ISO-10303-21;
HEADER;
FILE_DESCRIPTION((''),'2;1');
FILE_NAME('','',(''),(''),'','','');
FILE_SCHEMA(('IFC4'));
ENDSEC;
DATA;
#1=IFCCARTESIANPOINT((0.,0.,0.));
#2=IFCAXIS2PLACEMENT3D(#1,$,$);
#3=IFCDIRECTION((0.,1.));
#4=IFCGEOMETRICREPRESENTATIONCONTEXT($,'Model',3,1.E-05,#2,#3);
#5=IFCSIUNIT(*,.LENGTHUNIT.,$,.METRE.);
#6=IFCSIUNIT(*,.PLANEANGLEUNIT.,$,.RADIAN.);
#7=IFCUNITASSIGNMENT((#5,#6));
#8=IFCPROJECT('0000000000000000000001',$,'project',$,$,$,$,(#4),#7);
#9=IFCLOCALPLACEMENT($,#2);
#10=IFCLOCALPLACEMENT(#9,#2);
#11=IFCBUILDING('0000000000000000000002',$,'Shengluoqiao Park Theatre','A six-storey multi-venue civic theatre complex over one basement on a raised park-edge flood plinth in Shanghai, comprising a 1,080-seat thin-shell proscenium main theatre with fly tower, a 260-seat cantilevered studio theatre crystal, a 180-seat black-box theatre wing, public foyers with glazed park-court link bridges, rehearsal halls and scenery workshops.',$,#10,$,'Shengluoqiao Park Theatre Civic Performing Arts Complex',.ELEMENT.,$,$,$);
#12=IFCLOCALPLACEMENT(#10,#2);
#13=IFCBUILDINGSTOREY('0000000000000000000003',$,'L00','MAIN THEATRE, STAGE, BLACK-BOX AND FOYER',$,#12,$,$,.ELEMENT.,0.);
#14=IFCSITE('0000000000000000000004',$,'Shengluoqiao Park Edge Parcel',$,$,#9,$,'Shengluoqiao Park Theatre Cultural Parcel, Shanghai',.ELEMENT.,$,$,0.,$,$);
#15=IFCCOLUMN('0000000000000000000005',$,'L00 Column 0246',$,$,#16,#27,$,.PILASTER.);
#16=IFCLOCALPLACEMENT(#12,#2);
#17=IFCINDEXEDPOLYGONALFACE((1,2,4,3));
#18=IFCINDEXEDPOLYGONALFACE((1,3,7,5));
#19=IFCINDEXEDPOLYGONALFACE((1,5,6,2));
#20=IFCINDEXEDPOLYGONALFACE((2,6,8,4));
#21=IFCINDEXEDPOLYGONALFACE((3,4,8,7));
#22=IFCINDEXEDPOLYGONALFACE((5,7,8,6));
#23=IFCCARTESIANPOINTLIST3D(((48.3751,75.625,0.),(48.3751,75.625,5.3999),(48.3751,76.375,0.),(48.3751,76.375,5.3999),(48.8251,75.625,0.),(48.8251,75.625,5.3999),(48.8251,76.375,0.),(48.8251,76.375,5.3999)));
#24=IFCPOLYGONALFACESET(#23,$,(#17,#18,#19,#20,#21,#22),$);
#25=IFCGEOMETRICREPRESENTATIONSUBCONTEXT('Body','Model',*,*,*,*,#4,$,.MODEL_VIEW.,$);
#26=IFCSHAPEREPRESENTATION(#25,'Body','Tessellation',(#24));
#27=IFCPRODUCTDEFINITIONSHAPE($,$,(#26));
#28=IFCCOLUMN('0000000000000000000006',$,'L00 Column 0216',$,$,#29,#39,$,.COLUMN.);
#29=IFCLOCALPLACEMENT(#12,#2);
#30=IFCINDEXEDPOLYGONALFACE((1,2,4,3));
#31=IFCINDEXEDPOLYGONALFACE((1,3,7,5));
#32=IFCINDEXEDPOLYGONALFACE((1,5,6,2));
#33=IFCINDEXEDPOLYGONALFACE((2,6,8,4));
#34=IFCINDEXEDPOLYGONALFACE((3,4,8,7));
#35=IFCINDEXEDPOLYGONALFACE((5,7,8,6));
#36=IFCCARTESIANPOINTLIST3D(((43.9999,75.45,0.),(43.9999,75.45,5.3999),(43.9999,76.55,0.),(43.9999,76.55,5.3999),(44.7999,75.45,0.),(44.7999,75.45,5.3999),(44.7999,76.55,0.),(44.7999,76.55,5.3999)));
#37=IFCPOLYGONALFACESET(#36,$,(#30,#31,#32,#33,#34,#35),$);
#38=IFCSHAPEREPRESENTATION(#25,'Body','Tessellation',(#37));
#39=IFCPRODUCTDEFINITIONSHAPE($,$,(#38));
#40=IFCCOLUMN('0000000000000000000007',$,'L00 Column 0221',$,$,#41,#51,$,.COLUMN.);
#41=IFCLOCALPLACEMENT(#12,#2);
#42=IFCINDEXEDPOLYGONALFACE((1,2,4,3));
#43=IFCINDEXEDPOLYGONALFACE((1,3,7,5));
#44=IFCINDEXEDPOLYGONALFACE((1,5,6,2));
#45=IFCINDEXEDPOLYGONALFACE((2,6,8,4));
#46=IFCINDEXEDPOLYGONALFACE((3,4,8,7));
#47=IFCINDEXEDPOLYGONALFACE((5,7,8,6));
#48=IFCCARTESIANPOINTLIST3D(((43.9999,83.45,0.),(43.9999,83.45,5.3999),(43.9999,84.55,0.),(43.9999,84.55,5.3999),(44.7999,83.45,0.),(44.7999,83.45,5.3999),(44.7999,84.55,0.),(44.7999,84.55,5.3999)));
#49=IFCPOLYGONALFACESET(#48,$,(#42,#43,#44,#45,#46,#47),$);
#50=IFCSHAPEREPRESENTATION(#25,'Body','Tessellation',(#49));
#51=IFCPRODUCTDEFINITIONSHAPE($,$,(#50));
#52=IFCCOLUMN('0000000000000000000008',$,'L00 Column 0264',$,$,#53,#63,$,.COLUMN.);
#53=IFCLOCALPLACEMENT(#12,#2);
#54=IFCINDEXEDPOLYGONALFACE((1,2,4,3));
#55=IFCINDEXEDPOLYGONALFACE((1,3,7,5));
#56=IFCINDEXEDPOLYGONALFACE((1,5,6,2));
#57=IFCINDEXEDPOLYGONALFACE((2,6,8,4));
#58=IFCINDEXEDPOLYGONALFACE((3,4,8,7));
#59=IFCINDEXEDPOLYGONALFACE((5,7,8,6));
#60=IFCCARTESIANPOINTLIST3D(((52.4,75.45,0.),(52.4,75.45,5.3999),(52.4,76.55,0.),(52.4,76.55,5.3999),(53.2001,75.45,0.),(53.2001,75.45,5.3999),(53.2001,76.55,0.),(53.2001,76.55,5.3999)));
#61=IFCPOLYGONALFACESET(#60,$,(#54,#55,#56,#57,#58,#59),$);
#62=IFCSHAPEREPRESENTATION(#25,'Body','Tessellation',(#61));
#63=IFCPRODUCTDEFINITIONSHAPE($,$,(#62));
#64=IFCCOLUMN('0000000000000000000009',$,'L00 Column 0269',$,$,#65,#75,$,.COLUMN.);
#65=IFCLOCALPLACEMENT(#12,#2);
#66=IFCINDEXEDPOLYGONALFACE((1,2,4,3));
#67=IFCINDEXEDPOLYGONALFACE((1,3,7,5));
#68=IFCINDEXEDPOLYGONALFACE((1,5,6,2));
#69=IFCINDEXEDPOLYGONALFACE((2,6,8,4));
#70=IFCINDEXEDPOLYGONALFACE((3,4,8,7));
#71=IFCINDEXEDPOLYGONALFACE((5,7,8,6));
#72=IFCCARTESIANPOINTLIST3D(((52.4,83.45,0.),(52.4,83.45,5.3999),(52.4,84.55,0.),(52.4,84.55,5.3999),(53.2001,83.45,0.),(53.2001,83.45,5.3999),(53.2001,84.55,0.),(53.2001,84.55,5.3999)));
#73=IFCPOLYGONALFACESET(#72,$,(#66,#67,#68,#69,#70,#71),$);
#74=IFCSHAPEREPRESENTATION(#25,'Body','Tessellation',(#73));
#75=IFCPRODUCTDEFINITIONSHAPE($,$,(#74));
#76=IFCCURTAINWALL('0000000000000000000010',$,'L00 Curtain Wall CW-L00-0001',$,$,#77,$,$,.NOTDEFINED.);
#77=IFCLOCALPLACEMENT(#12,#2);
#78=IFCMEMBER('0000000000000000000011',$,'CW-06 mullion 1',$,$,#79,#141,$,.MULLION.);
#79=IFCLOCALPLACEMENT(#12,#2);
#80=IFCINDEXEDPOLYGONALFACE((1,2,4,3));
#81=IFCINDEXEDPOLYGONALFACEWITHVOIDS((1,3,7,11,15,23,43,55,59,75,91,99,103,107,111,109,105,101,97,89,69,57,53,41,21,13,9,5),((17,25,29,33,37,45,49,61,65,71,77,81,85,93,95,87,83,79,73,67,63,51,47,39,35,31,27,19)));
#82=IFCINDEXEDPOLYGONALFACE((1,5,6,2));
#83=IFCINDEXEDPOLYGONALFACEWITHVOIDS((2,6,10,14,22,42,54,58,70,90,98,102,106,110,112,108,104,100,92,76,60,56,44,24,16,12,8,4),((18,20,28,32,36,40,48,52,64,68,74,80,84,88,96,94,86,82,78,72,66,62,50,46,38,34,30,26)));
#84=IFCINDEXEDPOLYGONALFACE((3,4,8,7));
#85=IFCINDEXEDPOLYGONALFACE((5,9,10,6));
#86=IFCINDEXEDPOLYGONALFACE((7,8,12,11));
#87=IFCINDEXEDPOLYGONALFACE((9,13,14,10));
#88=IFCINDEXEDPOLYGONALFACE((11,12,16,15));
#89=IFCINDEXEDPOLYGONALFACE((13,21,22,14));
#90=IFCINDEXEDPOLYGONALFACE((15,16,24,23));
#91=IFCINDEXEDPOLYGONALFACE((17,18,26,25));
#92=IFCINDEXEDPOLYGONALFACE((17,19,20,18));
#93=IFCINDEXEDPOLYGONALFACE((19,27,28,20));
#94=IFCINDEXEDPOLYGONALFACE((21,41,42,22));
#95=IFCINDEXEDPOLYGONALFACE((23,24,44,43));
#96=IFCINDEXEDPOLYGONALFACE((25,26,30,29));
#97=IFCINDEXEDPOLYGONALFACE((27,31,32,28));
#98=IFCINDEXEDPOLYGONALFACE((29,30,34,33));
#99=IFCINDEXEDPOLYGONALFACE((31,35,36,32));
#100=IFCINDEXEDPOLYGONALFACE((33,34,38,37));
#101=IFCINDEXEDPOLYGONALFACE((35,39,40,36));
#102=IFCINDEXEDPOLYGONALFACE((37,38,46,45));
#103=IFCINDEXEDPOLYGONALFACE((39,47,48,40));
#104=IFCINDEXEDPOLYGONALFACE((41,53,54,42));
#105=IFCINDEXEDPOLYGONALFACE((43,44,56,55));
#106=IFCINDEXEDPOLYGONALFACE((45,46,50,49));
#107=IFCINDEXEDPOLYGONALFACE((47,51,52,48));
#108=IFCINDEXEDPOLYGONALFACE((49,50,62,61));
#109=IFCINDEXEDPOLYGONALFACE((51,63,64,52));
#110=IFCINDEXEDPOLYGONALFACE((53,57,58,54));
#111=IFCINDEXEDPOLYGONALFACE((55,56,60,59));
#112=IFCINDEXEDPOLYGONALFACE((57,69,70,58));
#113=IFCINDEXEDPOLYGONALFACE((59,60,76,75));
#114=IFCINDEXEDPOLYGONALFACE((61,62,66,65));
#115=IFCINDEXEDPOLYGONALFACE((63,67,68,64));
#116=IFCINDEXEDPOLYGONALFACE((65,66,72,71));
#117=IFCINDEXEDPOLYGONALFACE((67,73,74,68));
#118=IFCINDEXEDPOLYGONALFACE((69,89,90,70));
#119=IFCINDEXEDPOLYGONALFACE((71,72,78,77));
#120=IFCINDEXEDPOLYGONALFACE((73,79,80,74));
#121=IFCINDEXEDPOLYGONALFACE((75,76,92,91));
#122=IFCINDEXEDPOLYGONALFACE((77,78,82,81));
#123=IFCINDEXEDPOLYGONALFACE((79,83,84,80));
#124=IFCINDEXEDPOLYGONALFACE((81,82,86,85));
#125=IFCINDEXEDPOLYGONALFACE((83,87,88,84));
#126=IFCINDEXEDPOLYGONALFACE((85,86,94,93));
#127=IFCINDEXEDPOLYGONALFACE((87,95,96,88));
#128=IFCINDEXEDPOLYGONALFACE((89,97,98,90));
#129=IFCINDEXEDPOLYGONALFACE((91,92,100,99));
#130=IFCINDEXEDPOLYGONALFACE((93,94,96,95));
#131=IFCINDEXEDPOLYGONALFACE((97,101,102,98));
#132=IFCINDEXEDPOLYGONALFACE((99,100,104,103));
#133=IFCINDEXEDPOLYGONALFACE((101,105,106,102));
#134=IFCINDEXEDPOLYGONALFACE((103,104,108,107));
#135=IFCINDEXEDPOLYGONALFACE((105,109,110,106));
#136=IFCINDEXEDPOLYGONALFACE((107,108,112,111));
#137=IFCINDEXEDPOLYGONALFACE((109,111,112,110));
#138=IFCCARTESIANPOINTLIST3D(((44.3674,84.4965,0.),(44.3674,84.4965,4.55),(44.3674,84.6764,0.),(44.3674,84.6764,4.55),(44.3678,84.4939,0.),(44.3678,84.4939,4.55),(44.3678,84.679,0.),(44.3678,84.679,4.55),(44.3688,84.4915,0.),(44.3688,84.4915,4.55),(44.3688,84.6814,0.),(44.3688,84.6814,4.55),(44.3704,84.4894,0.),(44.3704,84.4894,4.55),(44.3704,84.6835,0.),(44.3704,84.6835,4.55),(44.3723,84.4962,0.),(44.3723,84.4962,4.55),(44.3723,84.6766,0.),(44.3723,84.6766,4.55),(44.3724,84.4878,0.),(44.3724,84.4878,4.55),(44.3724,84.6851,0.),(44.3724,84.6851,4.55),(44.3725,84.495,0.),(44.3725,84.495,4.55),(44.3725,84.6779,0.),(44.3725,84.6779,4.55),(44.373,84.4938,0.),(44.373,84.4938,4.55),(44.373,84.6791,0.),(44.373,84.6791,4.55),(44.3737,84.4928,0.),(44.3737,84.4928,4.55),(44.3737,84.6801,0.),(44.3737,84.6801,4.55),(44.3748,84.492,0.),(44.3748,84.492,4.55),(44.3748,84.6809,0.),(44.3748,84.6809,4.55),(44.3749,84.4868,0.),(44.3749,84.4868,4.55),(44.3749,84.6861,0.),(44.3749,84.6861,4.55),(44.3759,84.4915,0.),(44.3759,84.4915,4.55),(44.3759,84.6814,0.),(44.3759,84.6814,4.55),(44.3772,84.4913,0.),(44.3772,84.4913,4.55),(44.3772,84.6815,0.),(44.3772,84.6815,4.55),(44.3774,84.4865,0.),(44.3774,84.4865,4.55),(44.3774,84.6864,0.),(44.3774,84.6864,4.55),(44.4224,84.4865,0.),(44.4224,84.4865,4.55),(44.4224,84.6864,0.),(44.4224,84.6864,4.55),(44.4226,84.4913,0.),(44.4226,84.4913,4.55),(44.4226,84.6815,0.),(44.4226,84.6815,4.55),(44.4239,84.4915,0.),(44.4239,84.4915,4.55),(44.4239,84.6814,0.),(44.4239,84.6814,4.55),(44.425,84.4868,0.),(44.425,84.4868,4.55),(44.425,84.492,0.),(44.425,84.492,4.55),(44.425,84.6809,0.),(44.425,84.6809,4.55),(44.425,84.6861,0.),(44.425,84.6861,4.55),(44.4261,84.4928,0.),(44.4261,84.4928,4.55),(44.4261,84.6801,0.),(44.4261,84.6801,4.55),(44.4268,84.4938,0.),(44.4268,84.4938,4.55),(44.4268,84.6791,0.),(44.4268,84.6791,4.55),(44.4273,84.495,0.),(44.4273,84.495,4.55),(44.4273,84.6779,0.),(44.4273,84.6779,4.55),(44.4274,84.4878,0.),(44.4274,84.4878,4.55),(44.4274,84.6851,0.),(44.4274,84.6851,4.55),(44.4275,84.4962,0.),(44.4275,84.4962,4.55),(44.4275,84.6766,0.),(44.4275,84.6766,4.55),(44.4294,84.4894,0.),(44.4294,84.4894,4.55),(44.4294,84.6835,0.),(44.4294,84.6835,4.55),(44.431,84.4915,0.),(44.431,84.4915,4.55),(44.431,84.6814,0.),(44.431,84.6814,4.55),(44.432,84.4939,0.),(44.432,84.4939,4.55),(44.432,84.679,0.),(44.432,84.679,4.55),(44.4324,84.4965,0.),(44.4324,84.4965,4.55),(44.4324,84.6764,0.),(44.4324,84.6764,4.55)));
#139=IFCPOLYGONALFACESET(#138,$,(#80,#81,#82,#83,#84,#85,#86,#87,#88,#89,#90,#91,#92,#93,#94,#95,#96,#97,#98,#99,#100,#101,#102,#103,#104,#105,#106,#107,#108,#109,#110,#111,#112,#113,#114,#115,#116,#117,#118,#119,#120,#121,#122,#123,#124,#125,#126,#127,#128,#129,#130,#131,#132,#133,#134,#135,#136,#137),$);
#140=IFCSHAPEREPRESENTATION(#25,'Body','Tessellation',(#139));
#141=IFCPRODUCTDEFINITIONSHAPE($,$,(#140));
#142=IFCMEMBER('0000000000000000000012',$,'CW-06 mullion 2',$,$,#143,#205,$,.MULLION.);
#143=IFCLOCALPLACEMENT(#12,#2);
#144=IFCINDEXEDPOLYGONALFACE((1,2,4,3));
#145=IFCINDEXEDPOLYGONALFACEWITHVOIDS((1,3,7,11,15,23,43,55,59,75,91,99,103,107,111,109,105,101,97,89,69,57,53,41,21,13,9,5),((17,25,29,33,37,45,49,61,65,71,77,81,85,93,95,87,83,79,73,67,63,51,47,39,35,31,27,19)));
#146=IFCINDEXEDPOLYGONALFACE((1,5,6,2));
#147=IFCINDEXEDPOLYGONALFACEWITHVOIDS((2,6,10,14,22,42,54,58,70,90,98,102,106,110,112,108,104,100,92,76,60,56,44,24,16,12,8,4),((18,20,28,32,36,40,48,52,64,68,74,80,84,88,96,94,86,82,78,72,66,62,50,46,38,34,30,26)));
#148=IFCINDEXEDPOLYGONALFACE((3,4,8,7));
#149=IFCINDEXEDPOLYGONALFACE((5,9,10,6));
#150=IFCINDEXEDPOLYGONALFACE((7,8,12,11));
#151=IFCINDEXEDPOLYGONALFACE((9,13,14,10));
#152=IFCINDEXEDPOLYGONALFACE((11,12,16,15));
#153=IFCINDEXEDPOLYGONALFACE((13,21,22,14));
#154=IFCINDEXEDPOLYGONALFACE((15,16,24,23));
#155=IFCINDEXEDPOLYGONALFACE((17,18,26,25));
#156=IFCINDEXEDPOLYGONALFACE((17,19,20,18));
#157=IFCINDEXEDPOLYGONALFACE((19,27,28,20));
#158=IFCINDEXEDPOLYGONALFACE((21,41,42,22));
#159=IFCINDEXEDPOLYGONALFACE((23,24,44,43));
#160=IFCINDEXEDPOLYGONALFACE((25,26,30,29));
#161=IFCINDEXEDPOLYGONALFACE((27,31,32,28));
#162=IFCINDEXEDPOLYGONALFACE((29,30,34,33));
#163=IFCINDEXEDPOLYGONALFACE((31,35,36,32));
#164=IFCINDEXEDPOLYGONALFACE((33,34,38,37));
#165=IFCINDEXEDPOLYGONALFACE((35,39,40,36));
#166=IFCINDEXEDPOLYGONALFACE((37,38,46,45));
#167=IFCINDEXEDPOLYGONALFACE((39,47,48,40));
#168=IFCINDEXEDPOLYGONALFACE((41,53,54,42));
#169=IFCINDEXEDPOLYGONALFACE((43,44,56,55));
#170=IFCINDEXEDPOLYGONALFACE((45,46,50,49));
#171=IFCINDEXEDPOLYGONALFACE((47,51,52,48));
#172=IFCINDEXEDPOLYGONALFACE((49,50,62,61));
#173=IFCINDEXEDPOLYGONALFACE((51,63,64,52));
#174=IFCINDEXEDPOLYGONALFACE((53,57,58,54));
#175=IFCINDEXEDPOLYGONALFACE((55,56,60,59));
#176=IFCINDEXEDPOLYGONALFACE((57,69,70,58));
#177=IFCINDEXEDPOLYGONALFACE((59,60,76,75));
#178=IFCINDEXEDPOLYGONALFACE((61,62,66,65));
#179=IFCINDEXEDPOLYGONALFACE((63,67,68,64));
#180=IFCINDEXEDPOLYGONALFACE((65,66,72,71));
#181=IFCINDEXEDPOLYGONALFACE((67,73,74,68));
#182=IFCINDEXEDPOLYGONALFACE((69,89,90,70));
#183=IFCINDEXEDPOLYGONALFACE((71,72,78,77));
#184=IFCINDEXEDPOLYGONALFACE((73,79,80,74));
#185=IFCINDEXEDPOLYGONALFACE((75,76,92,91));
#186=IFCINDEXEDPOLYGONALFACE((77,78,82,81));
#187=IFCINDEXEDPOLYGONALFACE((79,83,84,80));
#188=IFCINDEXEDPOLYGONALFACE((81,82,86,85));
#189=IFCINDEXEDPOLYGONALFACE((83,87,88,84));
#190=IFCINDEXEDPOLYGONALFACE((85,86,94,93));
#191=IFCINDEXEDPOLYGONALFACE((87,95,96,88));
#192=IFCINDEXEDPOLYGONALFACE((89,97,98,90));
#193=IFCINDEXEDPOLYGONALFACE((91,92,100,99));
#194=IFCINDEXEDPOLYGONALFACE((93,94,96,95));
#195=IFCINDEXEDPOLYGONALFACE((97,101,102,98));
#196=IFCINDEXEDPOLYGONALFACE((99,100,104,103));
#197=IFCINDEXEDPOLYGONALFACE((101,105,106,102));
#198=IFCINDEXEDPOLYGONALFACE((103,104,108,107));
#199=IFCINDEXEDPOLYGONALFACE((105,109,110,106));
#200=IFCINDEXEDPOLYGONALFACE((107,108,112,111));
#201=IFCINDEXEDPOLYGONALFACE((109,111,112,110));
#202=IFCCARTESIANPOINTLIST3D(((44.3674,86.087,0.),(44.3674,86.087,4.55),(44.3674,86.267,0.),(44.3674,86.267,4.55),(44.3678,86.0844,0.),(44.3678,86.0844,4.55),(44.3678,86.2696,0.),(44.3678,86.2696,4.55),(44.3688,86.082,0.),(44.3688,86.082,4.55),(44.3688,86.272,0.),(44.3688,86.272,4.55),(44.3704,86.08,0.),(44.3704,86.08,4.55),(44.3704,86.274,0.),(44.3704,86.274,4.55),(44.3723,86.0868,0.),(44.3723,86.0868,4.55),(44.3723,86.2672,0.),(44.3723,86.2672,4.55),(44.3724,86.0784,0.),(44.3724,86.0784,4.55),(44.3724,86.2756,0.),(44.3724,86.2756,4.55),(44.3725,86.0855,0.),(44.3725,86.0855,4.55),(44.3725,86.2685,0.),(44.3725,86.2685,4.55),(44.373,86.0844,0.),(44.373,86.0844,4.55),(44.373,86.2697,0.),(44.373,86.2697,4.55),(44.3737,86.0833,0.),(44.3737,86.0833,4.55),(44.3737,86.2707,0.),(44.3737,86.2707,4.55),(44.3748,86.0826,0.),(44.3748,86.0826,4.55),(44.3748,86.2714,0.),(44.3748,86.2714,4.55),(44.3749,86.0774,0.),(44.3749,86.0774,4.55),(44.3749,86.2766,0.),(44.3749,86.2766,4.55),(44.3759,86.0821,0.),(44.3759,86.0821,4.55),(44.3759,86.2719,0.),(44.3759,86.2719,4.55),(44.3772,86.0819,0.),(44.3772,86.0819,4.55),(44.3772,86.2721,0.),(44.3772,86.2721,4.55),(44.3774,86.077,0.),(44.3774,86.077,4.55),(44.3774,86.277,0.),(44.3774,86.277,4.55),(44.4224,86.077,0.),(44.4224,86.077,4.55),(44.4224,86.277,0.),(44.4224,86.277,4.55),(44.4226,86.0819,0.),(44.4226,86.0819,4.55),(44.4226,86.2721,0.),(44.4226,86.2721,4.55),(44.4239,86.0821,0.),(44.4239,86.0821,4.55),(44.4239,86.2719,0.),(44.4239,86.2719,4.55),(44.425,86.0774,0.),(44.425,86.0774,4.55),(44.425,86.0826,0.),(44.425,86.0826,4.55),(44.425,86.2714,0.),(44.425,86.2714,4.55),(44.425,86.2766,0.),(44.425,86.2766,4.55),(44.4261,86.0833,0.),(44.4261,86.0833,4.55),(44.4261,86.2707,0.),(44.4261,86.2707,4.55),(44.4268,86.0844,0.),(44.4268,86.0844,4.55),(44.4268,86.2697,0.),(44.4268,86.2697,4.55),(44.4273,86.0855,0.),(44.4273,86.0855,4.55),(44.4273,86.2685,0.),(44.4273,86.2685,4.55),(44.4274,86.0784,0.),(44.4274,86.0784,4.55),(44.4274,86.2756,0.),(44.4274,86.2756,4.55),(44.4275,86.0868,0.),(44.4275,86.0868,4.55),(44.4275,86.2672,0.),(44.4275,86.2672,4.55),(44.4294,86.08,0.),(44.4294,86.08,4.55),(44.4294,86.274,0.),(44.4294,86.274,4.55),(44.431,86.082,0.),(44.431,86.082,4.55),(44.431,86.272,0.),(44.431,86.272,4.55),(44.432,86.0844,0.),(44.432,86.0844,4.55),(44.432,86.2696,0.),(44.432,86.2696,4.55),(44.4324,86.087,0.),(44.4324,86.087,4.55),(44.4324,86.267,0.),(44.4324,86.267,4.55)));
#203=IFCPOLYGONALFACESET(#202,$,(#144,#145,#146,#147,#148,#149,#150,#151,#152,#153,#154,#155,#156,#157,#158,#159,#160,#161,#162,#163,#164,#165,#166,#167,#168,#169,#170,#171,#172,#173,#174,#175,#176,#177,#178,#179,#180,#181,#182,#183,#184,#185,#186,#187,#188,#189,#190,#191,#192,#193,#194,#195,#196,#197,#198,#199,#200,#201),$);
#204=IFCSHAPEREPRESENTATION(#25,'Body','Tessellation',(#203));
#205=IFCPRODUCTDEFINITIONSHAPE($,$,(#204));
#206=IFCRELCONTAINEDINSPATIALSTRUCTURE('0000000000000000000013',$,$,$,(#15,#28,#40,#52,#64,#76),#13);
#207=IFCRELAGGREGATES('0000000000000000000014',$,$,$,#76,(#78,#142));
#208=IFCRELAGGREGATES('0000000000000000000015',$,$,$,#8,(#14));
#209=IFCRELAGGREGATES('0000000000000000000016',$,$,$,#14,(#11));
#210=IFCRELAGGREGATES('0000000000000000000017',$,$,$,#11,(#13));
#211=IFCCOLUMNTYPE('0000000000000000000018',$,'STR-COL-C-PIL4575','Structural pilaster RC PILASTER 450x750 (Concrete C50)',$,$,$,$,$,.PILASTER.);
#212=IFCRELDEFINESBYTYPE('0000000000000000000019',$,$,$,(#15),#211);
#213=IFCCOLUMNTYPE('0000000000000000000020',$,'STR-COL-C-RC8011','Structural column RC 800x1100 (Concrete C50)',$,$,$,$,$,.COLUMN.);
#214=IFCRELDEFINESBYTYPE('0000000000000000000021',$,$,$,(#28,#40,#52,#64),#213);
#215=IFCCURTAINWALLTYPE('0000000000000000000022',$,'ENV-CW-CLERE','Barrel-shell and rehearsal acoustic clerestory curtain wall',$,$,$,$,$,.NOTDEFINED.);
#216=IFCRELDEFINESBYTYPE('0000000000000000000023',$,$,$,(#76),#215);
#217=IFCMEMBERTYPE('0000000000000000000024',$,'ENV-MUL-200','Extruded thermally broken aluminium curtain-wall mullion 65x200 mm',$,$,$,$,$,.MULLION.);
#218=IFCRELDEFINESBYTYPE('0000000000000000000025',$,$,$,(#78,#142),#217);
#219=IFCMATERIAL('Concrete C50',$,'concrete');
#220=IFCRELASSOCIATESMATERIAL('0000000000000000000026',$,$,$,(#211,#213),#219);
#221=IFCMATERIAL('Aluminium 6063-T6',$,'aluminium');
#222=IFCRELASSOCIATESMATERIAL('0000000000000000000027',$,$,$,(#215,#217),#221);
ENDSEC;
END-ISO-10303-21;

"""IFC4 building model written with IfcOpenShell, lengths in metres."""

from ifc_helpers import new_model, si_unit, direction, frame, origin, origin_2d, place, context, subcontext, project, spatial, rectangle, hollow_rectangle, extrude, material, material_profile, profile_set, type_object, element, aggregate, save


model = new_model("IFC4")

# Units and contexts
model_context = context("Model", 3, precision=1e-05, world=origin(), true_north=direction((0.0, 1.0)))
body_context = subcontext(model_context, "Body", "Model", "MODEL_VIEW")
ifc_project = project(units=[si_unit("LENGTHUNIT", "METRE"), si_unit("PLANEANGLEUNIT", "RADIAN")], contexts=[model_context])

# Site, building, storey
site_placement = place(None, origin())
site = spatial("IfcSite", under=ifc_project, at=site_placement, Name="Shengluoqiao Park Edge Parcel", LongName="Shengluoqiao Park Theatre Cultural Parcel, Shanghai", CompositionType="ELEMENT", RefElevation=0.0)
building_placement = place(site_placement, origin())
building = spatial("IfcBuilding", under=site, at=building_placement, Name="Shengluoqiao Park Theatre", Description="A six-storey multi-venue civic theatre complex over one basement on a raised park-edge flood plinth in Shanghai, comprising a 1,080-seat thin-shell proscenium main theatre with fly tower, a 260-seat cantilevered studio theatre crystal, a 180-seat black-box theatre wing, public foyers with glazed park-court link bridges, rehearsal halls and scenery workshops.", LongName="Shengluoqiao Park Theatre Civic Performing Arts Complex", CompositionType="ELEMENT")
storey_placement = place(building_placement, origin())
storey = spatial("IfcBuildingStorey", under=building, at=storey_placement, Name="L00", Description="MAIN THEATRE, STAGE, BLACK-BOX AND FOYER", CompositionType="ELEMENT", Elevation=0.0)

# Columns
ifc_material_1 = material(Name="Concrete C50", Category="concrete")
ifc_material_profile_1 = material_profile(ifc_material_1, rectangle(XDim=0.45, YDim=0.75, at=origin_2d()), Name="RC PILASTER 450x750")
ifc_profile_set_1 = profile_set([ifc_material_profile_1], Name="Concrete C50")
column_type_1 = type_object("IfcColumnType", Name="STR-COL-C-PIL4575", Description="Structural pilaster RC PILASTER 450x750 (Concrete C50)", PredefinedType="PILASTER", material=ifc_profile_set_1)
column_placement = place(storey_placement, frame((48.6001, 76.0, 0.0), z_axis=(0.0, 0.0, 1.0), x_axis=(1.0, 0.0, 0.0)))
element("IfcColumn", 1, at=column_placement, inside=storey, type_object=column_type_1, Name="L00 Column 0246", PredefinedType="PILASTER", context=body_context, shape_type="SweptSolid", body=[
    extrude(rectangle(XDim=0.45, YDim=0.75, at=origin_2d()), origin(), (0.0, 0.0, 1.0), 5.3999),
])
ifc_material_profile_2 = material_profile(ifc_material_1, rectangle(XDim=0.8, YDim=1.1001, at=origin_2d()), Name="RC 800x1100")
ifc_profile_set_2 = profile_set([ifc_material_profile_2], Name="Concrete C50")
column_type_2 = type_object("IfcColumnType", Name="STR-COL-C-RC8011", Description="Structural column RC 800x1100 (Concrete C50)", PredefinedType="COLUMN", material=ifc_profile_set_2)
for number, where, z_axis, x_axis, name in (
    (2, (44.3999, 76.0, 0.0), (0.0, 0.0, 1.0), (1.0, 0.0, 0.0), "L00 Column 0216"),
    (3, (44.3999, 84.0, 0.0), (0.0, 0.0, 1.0), (1.0, 0.0, 0.0), "L00 Column 0221"),
    (4, (52.8, 76.0, 0.0), (0.0, 0.0, 1.0), (1.0, 0.0, 0.0), "L00 Column 0264"),
    (5, (52.8, 84.0, 0.0), (0.0, 0.0, 1.0), (1.0, 0.0, 0.0), "L00 Column 0269"),
):
    element("IfcColumn", number, at=place(storey_placement, frame(where, z_axis=z_axis, x_axis=x_axis)), inside=storey, type_object=column_type_2, Name=name, PredefinedType="COLUMN", context=body_context, shape_type="SweptSolid", body=[
        extrude(rectangle(XDim=0.8, YDim=1.1001, at=origin_2d()), origin(), (0.0, 0.0, 1.0), 5.3999),
    ])

# Curtain wall, members
ifc_material_2 = material(Name="Aluminium 6063-T6", Category="aluminium")
curtain_wall_type = type_object("IfcCurtainWallType", Name="ENV-CW-CLERE", Description="Barrel-shell and rehearsal acoustic clerestory curtain wall", PredefinedType="NOTDEFINED", material=ifc_material_2)
curtain_wall_placement = place(storey_placement, origin())
curtain_wall = element("IfcCurtainWall", 6, at=curtain_wall_placement, inside=storey, type_object=curtain_wall_type, Name="L00 Curtain Wall CW-L00-0001", PredefinedType="NOTDEFINED")
ifc_material_profile_3 = material_profile(ifc_material_2, hollow_rectangle(XDim=0.0649, YDim=0.2, WallThickness=0.0049, InnerFilletRadius=0.0049, OuterFilletRadius=0.01, at=origin_2d()), Name="ALU MULLION 200x65x5")
ifc_profile_set_3 = profile_set([ifc_material_profile_3], Name="Aluminium 6063-T6")
member_type_1 = type_object("IfcMemberType", Name="ENV-MUL-200", Description="Extruded thermally broken aluminium curtain-wall mullion 65x200 mm", PredefinedType="MULLION", material=ifc_profile_set_3)
member_1_placement = place(storey_placement, frame((44.3999, 84.5864, 0.0), z_axis=(0.0, 0.0, 1.0), x_axis=(-1.0, 0.0, 0.0)))
member_1 = element("IfcMember", 7, at=member_1_placement, type_object=member_type_1, Name="CW-06 mullion 1", PredefinedType="MULLION", context=body_context, shape_type="SweptSolid", body=[
    extrude(hollow_rectangle(XDim=0.0649, YDim=0.2, WallThickness=0.0049, InnerFilletRadius=0.0049, OuterFilletRadius=0.01, at=origin_2d()), origin(), (0.0, 0.0, 1.0), 4.55),
])
member_2_placement = place(storey_placement, frame((44.3999, 86.177, 0.0), z_axis=(0.0, 0.0, 1.0), x_axis=(-1.0, 0.0, 0.0)))
member_2 = element("IfcMember", 8, at=member_2_placement, type_object=member_type_1, Name="CW-06 mullion 2", PredefinedType="MULLION", context=body_context, shape_type="SweptSolid", body=[
    extrude(hollow_rectangle(XDim=0.0649, YDim=0.2, WallThickness=0.0049, InnerFilletRadius=0.0049, OuterFilletRadius=0.01, at=origin_2d()), origin(), (0.0, 0.0, 1.0), 4.55),
])

aggregate(curtain_wall, [member_1, member_2])

save(model, "model.ifc")
